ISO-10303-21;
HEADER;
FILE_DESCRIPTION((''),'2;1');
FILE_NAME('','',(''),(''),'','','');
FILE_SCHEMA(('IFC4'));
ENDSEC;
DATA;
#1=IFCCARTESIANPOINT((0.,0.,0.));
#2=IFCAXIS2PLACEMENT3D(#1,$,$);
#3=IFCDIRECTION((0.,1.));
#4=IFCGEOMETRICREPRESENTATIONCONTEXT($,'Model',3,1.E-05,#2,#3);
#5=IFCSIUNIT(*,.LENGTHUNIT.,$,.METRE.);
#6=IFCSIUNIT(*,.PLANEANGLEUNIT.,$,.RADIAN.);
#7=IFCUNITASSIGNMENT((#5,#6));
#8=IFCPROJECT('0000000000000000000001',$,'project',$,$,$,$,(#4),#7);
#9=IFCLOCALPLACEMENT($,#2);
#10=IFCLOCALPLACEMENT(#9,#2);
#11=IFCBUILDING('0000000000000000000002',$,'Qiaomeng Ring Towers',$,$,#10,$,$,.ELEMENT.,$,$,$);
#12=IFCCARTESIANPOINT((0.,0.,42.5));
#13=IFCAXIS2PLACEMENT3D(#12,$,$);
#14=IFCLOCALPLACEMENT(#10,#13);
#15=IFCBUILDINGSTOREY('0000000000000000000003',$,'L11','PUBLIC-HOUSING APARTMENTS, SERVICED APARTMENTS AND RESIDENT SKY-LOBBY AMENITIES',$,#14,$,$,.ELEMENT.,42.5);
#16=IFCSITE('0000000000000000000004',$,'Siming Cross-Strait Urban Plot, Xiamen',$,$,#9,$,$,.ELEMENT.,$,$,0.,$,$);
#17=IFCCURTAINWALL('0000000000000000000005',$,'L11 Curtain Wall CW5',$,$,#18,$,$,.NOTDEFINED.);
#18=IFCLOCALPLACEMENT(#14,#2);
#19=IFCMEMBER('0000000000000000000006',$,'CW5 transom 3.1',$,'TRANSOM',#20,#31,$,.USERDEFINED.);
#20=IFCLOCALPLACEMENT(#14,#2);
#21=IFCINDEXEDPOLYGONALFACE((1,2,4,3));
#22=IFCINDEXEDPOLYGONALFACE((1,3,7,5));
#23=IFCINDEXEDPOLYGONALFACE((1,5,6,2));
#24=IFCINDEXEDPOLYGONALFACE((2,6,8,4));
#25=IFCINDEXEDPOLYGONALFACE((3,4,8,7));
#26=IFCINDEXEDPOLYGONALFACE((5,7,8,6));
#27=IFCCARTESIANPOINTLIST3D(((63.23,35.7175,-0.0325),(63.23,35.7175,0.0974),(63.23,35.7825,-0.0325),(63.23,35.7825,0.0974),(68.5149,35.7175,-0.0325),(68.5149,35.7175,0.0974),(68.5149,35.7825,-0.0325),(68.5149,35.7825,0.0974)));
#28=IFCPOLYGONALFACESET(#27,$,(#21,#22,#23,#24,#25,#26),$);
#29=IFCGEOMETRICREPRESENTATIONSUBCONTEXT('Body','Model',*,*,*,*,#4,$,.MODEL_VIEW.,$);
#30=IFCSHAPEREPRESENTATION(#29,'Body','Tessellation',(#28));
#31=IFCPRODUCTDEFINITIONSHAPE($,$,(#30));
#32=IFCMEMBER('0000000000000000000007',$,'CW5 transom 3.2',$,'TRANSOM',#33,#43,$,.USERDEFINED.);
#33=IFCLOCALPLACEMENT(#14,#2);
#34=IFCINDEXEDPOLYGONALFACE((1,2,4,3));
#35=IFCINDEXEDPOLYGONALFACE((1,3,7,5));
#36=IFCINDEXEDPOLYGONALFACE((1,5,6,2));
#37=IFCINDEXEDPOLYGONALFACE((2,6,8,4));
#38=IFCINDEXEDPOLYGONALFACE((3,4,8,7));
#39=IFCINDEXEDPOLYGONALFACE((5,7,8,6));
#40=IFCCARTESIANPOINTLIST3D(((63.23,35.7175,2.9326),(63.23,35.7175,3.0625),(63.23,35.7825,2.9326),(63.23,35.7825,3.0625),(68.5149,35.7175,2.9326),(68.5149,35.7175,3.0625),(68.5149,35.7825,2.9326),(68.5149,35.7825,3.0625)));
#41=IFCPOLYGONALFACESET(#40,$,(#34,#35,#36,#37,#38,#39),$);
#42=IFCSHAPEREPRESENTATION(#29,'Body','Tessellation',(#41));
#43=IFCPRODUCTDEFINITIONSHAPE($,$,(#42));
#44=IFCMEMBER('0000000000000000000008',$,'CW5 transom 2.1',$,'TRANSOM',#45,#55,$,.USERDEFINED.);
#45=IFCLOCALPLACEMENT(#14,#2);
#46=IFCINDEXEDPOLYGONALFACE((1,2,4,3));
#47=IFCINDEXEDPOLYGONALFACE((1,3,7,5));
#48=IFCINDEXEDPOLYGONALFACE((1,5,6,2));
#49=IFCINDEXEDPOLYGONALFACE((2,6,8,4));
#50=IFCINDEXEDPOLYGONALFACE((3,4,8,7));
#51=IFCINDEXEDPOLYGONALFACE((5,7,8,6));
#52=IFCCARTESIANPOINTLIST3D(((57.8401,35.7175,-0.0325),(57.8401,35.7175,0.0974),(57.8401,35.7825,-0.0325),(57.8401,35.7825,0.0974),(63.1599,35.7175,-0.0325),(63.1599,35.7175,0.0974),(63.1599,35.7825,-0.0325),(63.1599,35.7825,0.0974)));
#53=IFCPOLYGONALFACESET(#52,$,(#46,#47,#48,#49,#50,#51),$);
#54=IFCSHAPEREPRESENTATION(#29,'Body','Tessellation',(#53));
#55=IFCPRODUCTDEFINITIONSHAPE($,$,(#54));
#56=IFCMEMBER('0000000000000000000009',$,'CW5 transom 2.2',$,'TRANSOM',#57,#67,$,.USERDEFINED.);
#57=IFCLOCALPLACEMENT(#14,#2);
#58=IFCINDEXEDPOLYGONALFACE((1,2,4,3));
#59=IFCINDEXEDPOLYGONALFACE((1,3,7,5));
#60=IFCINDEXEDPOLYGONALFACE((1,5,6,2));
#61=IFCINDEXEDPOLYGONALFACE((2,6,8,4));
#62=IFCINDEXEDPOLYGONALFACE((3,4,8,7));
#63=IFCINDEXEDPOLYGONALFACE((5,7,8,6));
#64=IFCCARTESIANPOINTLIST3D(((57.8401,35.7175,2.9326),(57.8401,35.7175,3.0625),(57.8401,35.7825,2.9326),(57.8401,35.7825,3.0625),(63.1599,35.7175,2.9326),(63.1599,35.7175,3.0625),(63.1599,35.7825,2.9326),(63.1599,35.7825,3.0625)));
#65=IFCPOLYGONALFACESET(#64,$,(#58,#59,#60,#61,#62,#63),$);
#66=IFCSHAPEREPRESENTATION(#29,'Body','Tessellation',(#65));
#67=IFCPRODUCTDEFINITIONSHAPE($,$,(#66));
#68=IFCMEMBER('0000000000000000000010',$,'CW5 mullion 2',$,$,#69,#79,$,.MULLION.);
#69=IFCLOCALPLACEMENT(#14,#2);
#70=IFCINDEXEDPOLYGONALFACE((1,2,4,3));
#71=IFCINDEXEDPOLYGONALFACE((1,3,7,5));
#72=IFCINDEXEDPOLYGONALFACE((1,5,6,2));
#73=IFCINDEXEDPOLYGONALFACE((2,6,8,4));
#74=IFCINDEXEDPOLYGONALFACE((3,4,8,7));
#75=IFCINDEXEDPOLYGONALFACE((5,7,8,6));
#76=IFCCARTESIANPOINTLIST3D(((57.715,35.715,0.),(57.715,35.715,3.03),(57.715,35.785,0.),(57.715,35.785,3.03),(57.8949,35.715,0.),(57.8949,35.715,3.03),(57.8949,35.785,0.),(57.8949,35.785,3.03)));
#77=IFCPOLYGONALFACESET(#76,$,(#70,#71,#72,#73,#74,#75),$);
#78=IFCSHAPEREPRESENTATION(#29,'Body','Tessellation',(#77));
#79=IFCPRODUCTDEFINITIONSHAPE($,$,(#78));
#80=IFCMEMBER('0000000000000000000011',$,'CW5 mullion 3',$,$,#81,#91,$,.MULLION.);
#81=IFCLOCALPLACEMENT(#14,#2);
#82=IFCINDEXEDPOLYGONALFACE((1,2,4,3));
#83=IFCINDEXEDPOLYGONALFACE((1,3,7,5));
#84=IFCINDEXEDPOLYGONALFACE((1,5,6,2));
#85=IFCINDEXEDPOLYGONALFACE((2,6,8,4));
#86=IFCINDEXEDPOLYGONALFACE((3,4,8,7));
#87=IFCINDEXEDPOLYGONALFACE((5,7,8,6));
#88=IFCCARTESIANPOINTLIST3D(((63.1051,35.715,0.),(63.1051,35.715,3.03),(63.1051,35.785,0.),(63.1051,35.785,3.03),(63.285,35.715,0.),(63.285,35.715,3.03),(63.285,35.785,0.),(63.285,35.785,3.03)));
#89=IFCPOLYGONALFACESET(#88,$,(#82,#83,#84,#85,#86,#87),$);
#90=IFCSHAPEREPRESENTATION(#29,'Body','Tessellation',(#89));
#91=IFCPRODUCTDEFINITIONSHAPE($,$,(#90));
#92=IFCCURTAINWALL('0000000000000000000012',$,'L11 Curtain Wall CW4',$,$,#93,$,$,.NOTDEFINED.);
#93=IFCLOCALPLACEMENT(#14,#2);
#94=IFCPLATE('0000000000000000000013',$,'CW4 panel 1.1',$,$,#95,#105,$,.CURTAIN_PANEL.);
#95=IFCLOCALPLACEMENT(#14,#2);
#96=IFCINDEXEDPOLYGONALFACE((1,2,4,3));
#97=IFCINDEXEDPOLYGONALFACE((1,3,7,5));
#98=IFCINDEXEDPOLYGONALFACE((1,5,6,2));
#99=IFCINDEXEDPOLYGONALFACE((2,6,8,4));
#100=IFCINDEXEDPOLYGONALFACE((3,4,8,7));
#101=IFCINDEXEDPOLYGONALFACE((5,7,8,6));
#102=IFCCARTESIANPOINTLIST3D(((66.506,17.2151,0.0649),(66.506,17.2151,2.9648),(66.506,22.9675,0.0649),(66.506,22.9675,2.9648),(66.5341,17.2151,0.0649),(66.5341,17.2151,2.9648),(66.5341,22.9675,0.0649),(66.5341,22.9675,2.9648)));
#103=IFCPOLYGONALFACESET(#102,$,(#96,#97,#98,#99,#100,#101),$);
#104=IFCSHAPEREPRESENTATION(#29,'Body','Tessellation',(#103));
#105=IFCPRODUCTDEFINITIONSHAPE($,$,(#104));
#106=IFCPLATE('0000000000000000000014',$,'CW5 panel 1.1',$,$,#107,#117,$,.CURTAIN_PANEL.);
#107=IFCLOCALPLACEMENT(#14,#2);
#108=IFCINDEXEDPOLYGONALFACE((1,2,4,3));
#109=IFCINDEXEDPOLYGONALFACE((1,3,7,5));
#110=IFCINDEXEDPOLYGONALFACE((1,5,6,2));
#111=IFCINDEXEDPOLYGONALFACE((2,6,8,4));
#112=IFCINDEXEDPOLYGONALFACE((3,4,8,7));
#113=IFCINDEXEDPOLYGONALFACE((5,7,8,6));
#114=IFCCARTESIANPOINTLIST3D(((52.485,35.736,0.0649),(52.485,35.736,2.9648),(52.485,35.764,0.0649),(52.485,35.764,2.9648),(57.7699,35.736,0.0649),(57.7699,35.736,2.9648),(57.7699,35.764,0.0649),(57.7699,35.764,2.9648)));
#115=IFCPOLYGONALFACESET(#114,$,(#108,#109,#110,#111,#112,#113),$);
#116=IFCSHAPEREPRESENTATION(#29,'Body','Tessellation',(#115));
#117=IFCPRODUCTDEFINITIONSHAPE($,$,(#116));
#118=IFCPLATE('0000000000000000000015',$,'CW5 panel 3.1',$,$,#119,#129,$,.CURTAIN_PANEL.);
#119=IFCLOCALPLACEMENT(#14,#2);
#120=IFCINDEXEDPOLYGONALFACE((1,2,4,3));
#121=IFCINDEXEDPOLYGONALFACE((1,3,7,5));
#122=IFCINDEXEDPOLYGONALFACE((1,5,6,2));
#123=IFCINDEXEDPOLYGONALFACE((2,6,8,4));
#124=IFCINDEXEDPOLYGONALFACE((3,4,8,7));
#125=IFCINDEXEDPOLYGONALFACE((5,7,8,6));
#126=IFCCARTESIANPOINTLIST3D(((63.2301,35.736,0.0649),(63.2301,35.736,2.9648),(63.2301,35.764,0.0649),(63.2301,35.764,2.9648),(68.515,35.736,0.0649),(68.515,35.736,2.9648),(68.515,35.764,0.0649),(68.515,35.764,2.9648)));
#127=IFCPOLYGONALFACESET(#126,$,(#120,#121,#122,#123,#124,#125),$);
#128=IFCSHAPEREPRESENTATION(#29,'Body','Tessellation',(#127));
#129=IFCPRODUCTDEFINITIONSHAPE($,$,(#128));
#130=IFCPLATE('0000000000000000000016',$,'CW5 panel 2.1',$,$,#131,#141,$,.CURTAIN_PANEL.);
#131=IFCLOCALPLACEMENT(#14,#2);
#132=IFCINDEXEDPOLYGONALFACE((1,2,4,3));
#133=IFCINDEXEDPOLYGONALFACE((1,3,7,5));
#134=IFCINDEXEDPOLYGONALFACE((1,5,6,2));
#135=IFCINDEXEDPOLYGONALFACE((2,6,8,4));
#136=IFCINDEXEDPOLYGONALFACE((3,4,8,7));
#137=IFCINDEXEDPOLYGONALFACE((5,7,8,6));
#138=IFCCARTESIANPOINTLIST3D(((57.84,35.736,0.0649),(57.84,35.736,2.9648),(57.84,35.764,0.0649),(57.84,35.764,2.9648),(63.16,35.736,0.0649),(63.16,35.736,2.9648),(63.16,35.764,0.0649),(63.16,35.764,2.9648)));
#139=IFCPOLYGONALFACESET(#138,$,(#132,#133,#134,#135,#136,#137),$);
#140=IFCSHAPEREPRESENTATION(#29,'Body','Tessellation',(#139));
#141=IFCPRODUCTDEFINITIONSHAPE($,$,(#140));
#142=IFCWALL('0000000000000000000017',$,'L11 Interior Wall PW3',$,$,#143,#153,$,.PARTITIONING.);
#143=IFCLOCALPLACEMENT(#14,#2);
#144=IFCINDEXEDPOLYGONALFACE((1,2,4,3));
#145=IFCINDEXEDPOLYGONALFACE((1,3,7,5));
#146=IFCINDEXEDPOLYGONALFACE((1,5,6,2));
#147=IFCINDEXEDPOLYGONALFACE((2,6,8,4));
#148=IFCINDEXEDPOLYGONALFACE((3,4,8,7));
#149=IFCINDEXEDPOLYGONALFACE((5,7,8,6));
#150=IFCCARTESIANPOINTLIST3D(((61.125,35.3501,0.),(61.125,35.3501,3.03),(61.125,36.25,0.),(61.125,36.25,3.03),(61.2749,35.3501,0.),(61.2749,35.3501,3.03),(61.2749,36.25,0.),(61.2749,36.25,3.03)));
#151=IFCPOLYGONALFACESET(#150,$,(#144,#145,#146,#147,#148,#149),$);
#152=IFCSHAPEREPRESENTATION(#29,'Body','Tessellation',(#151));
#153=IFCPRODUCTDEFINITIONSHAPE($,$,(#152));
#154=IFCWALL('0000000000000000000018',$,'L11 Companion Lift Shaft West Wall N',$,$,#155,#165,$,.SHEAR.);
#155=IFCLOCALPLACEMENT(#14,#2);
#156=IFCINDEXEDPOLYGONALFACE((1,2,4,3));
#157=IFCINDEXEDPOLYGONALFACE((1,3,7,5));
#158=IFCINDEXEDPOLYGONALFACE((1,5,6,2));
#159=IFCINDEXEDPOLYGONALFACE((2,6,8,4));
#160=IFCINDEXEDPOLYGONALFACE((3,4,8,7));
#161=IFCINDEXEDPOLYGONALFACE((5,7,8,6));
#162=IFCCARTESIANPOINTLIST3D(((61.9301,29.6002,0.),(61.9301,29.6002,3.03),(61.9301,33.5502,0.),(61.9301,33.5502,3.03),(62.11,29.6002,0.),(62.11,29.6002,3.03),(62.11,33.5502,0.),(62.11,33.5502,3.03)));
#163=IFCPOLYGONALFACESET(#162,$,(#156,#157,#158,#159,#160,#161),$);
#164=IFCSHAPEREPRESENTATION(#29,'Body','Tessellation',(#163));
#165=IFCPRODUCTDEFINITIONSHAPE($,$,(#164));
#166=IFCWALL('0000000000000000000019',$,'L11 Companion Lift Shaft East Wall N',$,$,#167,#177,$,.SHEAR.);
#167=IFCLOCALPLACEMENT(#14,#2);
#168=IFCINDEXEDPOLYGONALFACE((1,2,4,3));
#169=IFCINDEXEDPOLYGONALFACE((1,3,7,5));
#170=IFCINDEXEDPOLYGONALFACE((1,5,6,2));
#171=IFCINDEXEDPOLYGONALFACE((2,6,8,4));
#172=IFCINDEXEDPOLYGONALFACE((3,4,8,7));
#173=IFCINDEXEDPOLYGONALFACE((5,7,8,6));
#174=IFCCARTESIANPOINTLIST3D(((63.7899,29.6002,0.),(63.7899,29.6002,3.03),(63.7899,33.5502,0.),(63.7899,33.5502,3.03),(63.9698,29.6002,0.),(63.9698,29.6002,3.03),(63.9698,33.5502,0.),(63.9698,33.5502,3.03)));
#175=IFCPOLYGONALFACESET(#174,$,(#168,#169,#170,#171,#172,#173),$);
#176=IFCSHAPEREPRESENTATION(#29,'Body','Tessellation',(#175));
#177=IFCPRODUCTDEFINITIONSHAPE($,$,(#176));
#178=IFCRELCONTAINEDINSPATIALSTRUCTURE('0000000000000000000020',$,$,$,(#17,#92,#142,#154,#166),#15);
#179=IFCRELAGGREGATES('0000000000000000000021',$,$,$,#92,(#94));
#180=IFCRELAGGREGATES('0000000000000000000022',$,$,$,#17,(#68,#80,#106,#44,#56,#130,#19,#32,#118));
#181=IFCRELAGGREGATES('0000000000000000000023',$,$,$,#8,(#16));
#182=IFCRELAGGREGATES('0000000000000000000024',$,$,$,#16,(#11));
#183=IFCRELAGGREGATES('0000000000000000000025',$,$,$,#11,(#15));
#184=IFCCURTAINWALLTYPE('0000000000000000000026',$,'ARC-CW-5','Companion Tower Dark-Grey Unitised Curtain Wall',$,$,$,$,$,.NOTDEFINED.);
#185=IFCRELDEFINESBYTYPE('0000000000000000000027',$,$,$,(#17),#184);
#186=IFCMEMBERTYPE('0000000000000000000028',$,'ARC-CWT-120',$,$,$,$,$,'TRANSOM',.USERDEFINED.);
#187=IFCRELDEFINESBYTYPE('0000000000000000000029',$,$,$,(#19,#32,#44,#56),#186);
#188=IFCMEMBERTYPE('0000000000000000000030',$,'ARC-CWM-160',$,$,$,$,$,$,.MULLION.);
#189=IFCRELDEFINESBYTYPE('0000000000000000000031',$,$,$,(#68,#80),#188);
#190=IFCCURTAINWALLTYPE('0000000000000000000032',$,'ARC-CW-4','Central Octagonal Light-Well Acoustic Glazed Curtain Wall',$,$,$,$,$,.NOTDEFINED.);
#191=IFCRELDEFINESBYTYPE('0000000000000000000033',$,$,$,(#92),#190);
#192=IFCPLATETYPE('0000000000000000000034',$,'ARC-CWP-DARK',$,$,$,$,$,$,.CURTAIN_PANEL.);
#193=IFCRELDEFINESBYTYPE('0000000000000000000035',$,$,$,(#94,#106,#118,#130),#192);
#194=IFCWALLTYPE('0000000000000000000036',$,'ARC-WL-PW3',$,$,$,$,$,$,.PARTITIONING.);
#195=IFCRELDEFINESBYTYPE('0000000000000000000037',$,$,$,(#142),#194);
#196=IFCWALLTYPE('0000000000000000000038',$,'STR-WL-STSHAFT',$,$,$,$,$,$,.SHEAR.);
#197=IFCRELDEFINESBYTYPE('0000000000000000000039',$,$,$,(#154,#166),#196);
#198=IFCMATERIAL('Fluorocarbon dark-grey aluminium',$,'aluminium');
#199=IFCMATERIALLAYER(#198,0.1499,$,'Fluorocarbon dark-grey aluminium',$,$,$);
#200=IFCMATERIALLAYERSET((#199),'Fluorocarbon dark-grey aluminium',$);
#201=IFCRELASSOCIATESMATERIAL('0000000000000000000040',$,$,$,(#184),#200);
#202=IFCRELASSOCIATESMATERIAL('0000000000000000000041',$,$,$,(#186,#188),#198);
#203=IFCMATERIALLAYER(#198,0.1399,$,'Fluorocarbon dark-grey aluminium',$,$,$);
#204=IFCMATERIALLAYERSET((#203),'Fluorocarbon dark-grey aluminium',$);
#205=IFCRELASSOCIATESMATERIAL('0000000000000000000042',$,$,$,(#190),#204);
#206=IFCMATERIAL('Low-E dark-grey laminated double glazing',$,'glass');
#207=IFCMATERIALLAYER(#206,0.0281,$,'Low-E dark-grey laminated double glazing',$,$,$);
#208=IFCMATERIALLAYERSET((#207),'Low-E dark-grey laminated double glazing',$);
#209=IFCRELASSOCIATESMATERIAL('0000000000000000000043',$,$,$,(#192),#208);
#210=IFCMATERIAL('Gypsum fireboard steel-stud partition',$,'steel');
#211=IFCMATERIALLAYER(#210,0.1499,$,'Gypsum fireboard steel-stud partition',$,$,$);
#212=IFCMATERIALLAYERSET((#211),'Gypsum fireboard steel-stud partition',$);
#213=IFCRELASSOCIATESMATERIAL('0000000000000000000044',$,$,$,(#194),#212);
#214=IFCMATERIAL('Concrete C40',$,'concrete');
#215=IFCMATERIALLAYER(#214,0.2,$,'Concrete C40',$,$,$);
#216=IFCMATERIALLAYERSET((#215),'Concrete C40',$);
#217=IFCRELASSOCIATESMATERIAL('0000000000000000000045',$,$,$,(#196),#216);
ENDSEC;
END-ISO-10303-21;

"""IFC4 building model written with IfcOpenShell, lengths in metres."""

from ifc_helpers import new_model, si_unit, direction, frame, frame_2d, origin, origin_2d, place, context, subcontext, project, spatial, rectangle, extrude, source, transform, mapped, material, layer, layer_set, material_profile, profile_set, type_object, element, aggregate, save


model = new_model("IFC4")

# Units and contexts
model_context = context("Model", 3, precision=1e-05, world=origin(), true_north=direction((0.0, 1.0)))
body_context = subcontext(model_context, "Body", "Model", "MODEL_VIEW")
ifc_project = project(units=[si_unit("LENGTHUNIT", "METRE"), si_unit("PLANEANGLEUNIT", "RADIAN")], contexts=[model_context])

# Site, building, storey
site_placement = place(None, origin())
site = spatial("IfcSite", under=ifc_project, at=site_placement, Name="Siming Cross-Strait Urban Plot, Xiamen", CompositionType="ELEMENT", RefElevation=0.0)
building_placement = place(site_placement, origin())
building = spatial("IfcBuilding", under=site, at=building_placement, Name="Qiaomeng Ring Towers", CompositionType="ELEMENT")
storey_placement = place(building_placement, frame((0.0, 0.0, 42.5)))
storey = spatial("IfcBuildingStorey", under=building, at=storey_placement, Name="L11", Description="PUBLIC-HOUSING APARTMENTS, SERVICED APARTMENTS AND RESIDENT SKY-LOBBY AMENITIES", CompositionType="ELEMENT", Elevation=42.5)

# Curtain wall, members
ifc_material_1 = material(Name="Fluorocarbon dark-grey aluminium", Category="aluminium")
ifc_layer_1 = layer(ifc_material_1, 0.1499, Name="Fluorocarbon dark-grey aluminium")
ifc_layer_set_1 = layer_set([ifc_layer_1], Name="Fluorocarbon dark-grey aluminium")
curtain_wall_type_1 = type_object("IfcCurtainWallType", Name="ARC-CW-5", Description="Companion Tower Dark-Grey Unitised Curtain Wall", PredefinedType="NOTDEFINED", material=ifc_layer_set_1)
curtain_wall_1_placement = place(storey_placement, origin())
curtain_wall_1 = element("IfcCurtainWall", 1, at=curtain_wall_1_placement, inside=storey, type_object=curtain_wall_type_1, Name="L11 Curtain Wall CW5", PredefinedType="NOTDEFINED")
ifc_material_profile_1 = material_profile(ifc_material_1, rectangle(XDim=0.0649, YDim=0.1299, at=origin_2d()), Name="ALU TRAN 65x130")
ifc_profile_set_1 = profile_set([ifc_material_profile_1], Name="Fluorocarbon dark-grey aluminium")
member_type_1 = type_object("IfcMemberType", Name="ARC-CWT-120", ElementType="TRANSOM", PredefinedType="USERDEFINED", material=ifc_profile_set_1)
shared_shape_1 = source(origin(), body_context, "Body", "SweptSolid", [
    extrude(rectangle(XDim=0.0649, YDim=0.1299, at=origin_2d()), origin(), (0.0, 0.0, 1.0), 5.2849),
])
member_1_placement = place(storey_placement, frame((63.23, 35.75, 0.0325), z_axis=(1.0, 0.0, 0.0), x_axis=(0.0, 1.0, 0.0)))
member_1 = element("IfcMember", 2, at=member_1_placement, type_object=member_type_1, Name="CW5 transom 3.1", ObjectType="TRANSOM", PredefinedType="USERDEFINED", context=body_context, shape_type="MappedRepresentation", body=[
    mapped(shared_shape_1, transform((0.0, 0.0, 0.0), x_axis=(1.0, 0.0, 0.0), y_axis=(0.0, 1.0, 0.0), z_axis=(0.0, 0.0, 1.0), scale=1.0)),
])
member_2_placement = place(storey_placement, frame((63.23, 35.75, 2.9976), z_axis=(1.0, 0.0, 0.0), x_axis=(0.0, 1.0, 0.0)))
member_2 = element("IfcMember", 3, at=member_2_placement, type_object=member_type_1, Name="CW5 transom 3.2", ObjectType="TRANSOM", PredefinedType="USERDEFINED", context=body_context, shape_type="MappedRepresentation", body=[
    mapped(shared_shape_1, transform((0.0, 0.0, 0.0), x_axis=(1.0, 0.0, 0.0), y_axis=(0.0, 1.0, 0.0), z_axis=(0.0, 0.0, 1.0), scale=1.0)),
])
shared_shape_2 = source(origin(), body_context, "Body", "SweptSolid", [
    extrude(rectangle(XDim=0.0649, YDim=0.1299, at=origin_2d()), origin(), (0.0, 0.0, 1.0), 5.3198),
])
member_3_placement = place(storey_placement, frame((57.8401, 35.75, 0.0325), z_axis=(1.0, 0.0, 0.0), x_axis=(0.0, 1.0, 0.0)))
member_3 = element("IfcMember", 4, at=member_3_placement, type_object=member_type_1, Name="CW5 transom 2.1", ObjectType="TRANSOM", PredefinedType="USERDEFINED", context=body_context, shape_type="MappedRepresentation", body=[
    mapped(shared_shape_2, transform((0.0, 0.0, 0.0), x_axis=(1.0, 0.0, 0.0), y_axis=(0.0, 1.0, 0.0), z_axis=(0.0, 0.0, 1.0), scale=1.0)),
])
member_4_placement = place(storey_placement, frame((57.8401, 35.75, 2.9976), z_axis=(1.0, 0.0, 0.0), x_axis=(0.0, 1.0, 0.0)))
member_4 = element("IfcMember", 5, at=member_4_placement, type_object=member_type_1, Name="CW5 transom 2.2", ObjectType="TRANSOM", PredefinedType="USERDEFINED", context=body_context, shape_type="MappedRepresentation", body=[
    mapped(shared_shape_2, transform((0.0, 0.0, 0.0), x_axis=(1.0, 0.0, 0.0), y_axis=(0.0, 1.0, 0.0), z_axis=(0.0, 0.0, 1.0), scale=1.0)),
])
ifc_material_profile_2 = material_profile(ifc_material_1, rectangle(XDim=0.0701, YDim=0.1799, at=origin_2d()), Name="ALU MULL 70x180")
ifc_profile_set_2 = profile_set([ifc_material_profile_2], Name="Fluorocarbon dark-grey aluminium")
member_type_2 = type_object("IfcMemberType", Name="ARC-CWM-160", PredefinedType="MULLION", material=ifc_profile_set_2)
shared_shape_3 = source(origin(), body_context, "Body", "SweptSolid", [
    extrude(rectangle(XDim=0.0701, YDim=0.1799, at=origin_2d()), origin(), (0.0, 0.0, 1.0), 3.03),
])
member_5_placement = place(storey_placement, frame((57.8049, 35.75, 0.0), z_axis=(0.0, 0.0, 1.0), x_axis=(0.0, 1.0, 0.0)))
member_5 = element("IfcMember", 6, at=member_5_placement, type_object=member_type_2, Name="CW5 mullion 2", PredefinedType="MULLION", context=body_context, shape_type="MappedRepresentation", body=[
    mapped(shared_shape_3, transform((0.0, 0.0, 0.0), x_axis=(1.0, 0.0, 0.0), y_axis=(0.0, 1.0, 0.0), z_axis=(0.0, 0.0, 1.0), scale=1.0)),
])
member_6_placement = place(storey_placement, frame((63.1951, 35.75, 0.0), z_axis=(0.0, 0.0, 1.0), x_axis=(0.0, 1.0, 0.0)))
member_6 = element("IfcMember", 7, at=member_6_placement, type_object=member_type_2, Name="CW5 mullion 3", PredefinedType="MULLION", context=body_context, shape_type="MappedRepresentation", body=[
    mapped(shared_shape_3, transform((0.0, 0.0, 0.0), x_axis=(1.0, 0.0, 0.0), y_axis=(0.0, 1.0, 0.0), z_axis=(0.0, 0.0, 1.0), scale=1.0)),
])

# Curtain wall, plate
ifc_layer_2 = layer(ifc_material_1, 0.1399, Name="Fluorocarbon dark-grey aluminium")
ifc_layer_set_2 = layer_set([ifc_layer_2], Name="Fluorocarbon dark-grey aluminium")
curtain_wall_type_2 = type_object("IfcCurtainWallType", Name="ARC-CW-4", Description="Central Octagonal Light-Well Acoustic Glazed Curtain Wall", PredefinedType="NOTDEFINED", material=ifc_layer_set_2)
curtain_wall_2_placement = place(storey_placement, origin())
curtain_wall_2 = element("IfcCurtainWall", 8, at=curtain_wall_2_placement, inside=storey, type_object=curtain_wall_type_2, Name="L11 Curtain Wall CW4", PredefinedType="NOTDEFINED")
ifc_material_2 = material(Name="Low-E dark-grey laminated double glazing", Category="glass")
ifc_layer_3 = layer(ifc_material_2, 0.0281, Name="Low-E dark-grey laminated double glazing")
ifc_layer_set_3 = layer_set([ifc_layer_3], Name="Low-E dark-grey laminated double glazing")
plate_type = type_object("IfcPlateType", Name="ARC-CWP-DARK", PredefinedType="CURTAIN_PANEL", material=ifc_layer_set_3)
shared_shape_4 = source(origin(), body_context, "Body", "SweptSolid", [
    extrude(rectangle(XDim=5.7524, YDim=0.0281, at=origin_2d()), origin(), (0.0, 0.0, 1.0), 2.8999),
])
plate_1_placement = place(storey_placement, frame((66.52, 20.0913, 0.0649), z_axis=(0.0, 0.0, 1.0), x_axis=(0.0, 1.0, 0.0)))
plate_1 = element("IfcPlate", 9, at=plate_1_placement, type_object=plate_type, Name="CW4 panel 1.1", PredefinedType="CURTAIN_PANEL", context=body_context, shape_type="MappedRepresentation", body=[
    mapped(shared_shape_4, transform((0.0, 0.0, 0.0), x_axis=(1.0, 0.0, 0.0), y_axis=(0.0, 1.0, 0.0), z_axis=(0.0, 0.0, 1.0), scale=1.0)),
])
aggregate(curtain_wall_2, [plate_1])

# Plates
shared_shape_5 = source(origin(), body_context, "Body", "SweptSolid", [
    extrude(rectangle(XDim=5.2849, YDim=0.0281, at=origin_2d()), origin(), (0.0, 0.0, 1.0), 2.8999),
])
plate_2_placement = place(storey_placement, frame((55.1274, 35.75, 0.0649), z_axis=(0.0, 0.0, 1.0), x_axis=(1.0, 0.0, 0.0)))
plate_2 = element("IfcPlate", 10, at=plate_2_placement, type_object=plate_type, Name="CW5 panel 1.1", PredefinedType="CURTAIN_PANEL", context=body_context, shape_type="MappedRepresentation", body=[
    mapped(shared_shape_5, transform((0.0, 0.0, 0.0), x_axis=(1.0, 0.0, 0.0), y_axis=(0.0, 1.0, 0.0), z_axis=(0.0, 0.0, 1.0), scale=1.0)),
])
plate_3_placement = place(storey_placement, frame((65.8726, 35.75, 0.0649), z_axis=(0.0, 0.0, 1.0), x_axis=(1.0, 0.0, 0.0)))
plate_3 = element("IfcPlate", 11, at=plate_3_placement, type_object=plate_type, Name="CW5 panel 3.1", PredefinedType="CURTAIN_PANEL", context=body_context, shape_type="MappedRepresentation", body=[
    mapped(shared_shape_5, transform((0.0, 0.0, 0.0), x_axis=(1.0, 0.0, 0.0), y_axis=(0.0, 1.0, 0.0), z_axis=(0.0, 0.0, 1.0), scale=1.0)),
])
shared_shape_6 = source(origin(), body_context, "Body", "SweptSolid", [
    extrude(rectangle(XDim=5.3201, YDim=0.0281, at=origin_2d()), origin(), (0.0, 0.0, 1.0), 2.8999),
])
plate_4_placement = place(storey_placement, frame((60.5, 35.75, 0.0649), z_axis=(0.0, 0.0, 1.0), x_axis=(1.0, 0.0, 0.0)))
plate_4 = element("IfcPlate", 12, at=plate_4_placement, type_object=plate_type, Name="CW5 panel 2.1", PredefinedType="CURTAIN_PANEL", context=body_context, shape_type="MappedRepresentation", body=[
    mapped(shared_shape_6, transform((0.0, 0.0, 0.0), x_axis=(1.0, 0.0, 0.0), y_axis=(0.0, 1.0, 0.0), z_axis=(0.0, 0.0, 1.0), scale=1.0)),
])
aggregate(curtain_wall_1, [member_5, member_6, plate_2, member_3, member_4, plate_4, member_1, member_2, plate_3])

# Walls
ifc_material_3 = material(Name="Gypsum fireboard steel-stud partition", Category="steel")
ifc_layer_4 = layer(ifc_material_3, 0.1499, Name="Gypsum fireboard steel-stud partition")
ifc_layer_set_4 = layer_set([ifc_layer_4], Name="Gypsum fireboard steel-stud partition")
wall_type_1 = type_object("IfcWallType", Name="ARC-WL-PW3", PredefinedType="PARTITIONING", material=ifc_layer_set_4)
wall_1_placement = place(storey_placement, frame((61.2, 35.3501, 0.0), z_axis=(0.0, 0.0, 1.0), x_axis=(0.0, 1.0, 0.0)))
element("IfcWall", 13, at=wall_1_placement, inside=storey, type_object=wall_type_1, Name="L11 Interior Wall PW3", PredefinedType="PARTITIONING", context=body_context, shape_type="SweptSolid", body=[
    extrude(rectangle(XDim=0.8999, YDim=0.1499, at=frame_2d((0.45, 0.0))), origin(), (0.0, 0.0, 1.0), 3.03),
])
ifc_material_4 = material(Name="Concrete C40", Category="concrete")
ifc_layer_5 = layer(ifc_material_4, 0.2, Name="Concrete C40")
ifc_layer_set_5 = layer_set([ifc_layer_5], Name="Concrete C40")
wall_type_2 = type_object("IfcWallType", Name="STR-WL-STSHAFT", PredefinedType="SHEAR", material=ifc_layer_set_5)
for number, where, z_axis, x_axis, name in (
    (14, (62.02, 29.6001, 0.0), (0.0, 0.0, 1.0), (0.0, 1.0, 0.0), "L11 Companion Lift Shaft West Wall N"),
    (15, (63.8799, 29.6001, 0.0), (0.0, 0.0, 1.0), (0.0, 1.0, 0.0), "L11 Companion Lift Shaft East Wall N"),
):
    element("IfcWall", number, at=place(storey_placement, frame(where, z_axis=z_axis, x_axis=x_axis)), inside=storey, type_object=wall_type_2, Name=name, PredefinedType="SHEAR", context=body_context, shape_type="SweptSolid", body=[
        extrude(rectangle(XDim=3.95, YDim=0.1799, at=frame_2d((1.9751, 0.0))), origin(), (0.0, 0.0, 1.0), 3.03),
    ])

save(model, "model.ifc")
